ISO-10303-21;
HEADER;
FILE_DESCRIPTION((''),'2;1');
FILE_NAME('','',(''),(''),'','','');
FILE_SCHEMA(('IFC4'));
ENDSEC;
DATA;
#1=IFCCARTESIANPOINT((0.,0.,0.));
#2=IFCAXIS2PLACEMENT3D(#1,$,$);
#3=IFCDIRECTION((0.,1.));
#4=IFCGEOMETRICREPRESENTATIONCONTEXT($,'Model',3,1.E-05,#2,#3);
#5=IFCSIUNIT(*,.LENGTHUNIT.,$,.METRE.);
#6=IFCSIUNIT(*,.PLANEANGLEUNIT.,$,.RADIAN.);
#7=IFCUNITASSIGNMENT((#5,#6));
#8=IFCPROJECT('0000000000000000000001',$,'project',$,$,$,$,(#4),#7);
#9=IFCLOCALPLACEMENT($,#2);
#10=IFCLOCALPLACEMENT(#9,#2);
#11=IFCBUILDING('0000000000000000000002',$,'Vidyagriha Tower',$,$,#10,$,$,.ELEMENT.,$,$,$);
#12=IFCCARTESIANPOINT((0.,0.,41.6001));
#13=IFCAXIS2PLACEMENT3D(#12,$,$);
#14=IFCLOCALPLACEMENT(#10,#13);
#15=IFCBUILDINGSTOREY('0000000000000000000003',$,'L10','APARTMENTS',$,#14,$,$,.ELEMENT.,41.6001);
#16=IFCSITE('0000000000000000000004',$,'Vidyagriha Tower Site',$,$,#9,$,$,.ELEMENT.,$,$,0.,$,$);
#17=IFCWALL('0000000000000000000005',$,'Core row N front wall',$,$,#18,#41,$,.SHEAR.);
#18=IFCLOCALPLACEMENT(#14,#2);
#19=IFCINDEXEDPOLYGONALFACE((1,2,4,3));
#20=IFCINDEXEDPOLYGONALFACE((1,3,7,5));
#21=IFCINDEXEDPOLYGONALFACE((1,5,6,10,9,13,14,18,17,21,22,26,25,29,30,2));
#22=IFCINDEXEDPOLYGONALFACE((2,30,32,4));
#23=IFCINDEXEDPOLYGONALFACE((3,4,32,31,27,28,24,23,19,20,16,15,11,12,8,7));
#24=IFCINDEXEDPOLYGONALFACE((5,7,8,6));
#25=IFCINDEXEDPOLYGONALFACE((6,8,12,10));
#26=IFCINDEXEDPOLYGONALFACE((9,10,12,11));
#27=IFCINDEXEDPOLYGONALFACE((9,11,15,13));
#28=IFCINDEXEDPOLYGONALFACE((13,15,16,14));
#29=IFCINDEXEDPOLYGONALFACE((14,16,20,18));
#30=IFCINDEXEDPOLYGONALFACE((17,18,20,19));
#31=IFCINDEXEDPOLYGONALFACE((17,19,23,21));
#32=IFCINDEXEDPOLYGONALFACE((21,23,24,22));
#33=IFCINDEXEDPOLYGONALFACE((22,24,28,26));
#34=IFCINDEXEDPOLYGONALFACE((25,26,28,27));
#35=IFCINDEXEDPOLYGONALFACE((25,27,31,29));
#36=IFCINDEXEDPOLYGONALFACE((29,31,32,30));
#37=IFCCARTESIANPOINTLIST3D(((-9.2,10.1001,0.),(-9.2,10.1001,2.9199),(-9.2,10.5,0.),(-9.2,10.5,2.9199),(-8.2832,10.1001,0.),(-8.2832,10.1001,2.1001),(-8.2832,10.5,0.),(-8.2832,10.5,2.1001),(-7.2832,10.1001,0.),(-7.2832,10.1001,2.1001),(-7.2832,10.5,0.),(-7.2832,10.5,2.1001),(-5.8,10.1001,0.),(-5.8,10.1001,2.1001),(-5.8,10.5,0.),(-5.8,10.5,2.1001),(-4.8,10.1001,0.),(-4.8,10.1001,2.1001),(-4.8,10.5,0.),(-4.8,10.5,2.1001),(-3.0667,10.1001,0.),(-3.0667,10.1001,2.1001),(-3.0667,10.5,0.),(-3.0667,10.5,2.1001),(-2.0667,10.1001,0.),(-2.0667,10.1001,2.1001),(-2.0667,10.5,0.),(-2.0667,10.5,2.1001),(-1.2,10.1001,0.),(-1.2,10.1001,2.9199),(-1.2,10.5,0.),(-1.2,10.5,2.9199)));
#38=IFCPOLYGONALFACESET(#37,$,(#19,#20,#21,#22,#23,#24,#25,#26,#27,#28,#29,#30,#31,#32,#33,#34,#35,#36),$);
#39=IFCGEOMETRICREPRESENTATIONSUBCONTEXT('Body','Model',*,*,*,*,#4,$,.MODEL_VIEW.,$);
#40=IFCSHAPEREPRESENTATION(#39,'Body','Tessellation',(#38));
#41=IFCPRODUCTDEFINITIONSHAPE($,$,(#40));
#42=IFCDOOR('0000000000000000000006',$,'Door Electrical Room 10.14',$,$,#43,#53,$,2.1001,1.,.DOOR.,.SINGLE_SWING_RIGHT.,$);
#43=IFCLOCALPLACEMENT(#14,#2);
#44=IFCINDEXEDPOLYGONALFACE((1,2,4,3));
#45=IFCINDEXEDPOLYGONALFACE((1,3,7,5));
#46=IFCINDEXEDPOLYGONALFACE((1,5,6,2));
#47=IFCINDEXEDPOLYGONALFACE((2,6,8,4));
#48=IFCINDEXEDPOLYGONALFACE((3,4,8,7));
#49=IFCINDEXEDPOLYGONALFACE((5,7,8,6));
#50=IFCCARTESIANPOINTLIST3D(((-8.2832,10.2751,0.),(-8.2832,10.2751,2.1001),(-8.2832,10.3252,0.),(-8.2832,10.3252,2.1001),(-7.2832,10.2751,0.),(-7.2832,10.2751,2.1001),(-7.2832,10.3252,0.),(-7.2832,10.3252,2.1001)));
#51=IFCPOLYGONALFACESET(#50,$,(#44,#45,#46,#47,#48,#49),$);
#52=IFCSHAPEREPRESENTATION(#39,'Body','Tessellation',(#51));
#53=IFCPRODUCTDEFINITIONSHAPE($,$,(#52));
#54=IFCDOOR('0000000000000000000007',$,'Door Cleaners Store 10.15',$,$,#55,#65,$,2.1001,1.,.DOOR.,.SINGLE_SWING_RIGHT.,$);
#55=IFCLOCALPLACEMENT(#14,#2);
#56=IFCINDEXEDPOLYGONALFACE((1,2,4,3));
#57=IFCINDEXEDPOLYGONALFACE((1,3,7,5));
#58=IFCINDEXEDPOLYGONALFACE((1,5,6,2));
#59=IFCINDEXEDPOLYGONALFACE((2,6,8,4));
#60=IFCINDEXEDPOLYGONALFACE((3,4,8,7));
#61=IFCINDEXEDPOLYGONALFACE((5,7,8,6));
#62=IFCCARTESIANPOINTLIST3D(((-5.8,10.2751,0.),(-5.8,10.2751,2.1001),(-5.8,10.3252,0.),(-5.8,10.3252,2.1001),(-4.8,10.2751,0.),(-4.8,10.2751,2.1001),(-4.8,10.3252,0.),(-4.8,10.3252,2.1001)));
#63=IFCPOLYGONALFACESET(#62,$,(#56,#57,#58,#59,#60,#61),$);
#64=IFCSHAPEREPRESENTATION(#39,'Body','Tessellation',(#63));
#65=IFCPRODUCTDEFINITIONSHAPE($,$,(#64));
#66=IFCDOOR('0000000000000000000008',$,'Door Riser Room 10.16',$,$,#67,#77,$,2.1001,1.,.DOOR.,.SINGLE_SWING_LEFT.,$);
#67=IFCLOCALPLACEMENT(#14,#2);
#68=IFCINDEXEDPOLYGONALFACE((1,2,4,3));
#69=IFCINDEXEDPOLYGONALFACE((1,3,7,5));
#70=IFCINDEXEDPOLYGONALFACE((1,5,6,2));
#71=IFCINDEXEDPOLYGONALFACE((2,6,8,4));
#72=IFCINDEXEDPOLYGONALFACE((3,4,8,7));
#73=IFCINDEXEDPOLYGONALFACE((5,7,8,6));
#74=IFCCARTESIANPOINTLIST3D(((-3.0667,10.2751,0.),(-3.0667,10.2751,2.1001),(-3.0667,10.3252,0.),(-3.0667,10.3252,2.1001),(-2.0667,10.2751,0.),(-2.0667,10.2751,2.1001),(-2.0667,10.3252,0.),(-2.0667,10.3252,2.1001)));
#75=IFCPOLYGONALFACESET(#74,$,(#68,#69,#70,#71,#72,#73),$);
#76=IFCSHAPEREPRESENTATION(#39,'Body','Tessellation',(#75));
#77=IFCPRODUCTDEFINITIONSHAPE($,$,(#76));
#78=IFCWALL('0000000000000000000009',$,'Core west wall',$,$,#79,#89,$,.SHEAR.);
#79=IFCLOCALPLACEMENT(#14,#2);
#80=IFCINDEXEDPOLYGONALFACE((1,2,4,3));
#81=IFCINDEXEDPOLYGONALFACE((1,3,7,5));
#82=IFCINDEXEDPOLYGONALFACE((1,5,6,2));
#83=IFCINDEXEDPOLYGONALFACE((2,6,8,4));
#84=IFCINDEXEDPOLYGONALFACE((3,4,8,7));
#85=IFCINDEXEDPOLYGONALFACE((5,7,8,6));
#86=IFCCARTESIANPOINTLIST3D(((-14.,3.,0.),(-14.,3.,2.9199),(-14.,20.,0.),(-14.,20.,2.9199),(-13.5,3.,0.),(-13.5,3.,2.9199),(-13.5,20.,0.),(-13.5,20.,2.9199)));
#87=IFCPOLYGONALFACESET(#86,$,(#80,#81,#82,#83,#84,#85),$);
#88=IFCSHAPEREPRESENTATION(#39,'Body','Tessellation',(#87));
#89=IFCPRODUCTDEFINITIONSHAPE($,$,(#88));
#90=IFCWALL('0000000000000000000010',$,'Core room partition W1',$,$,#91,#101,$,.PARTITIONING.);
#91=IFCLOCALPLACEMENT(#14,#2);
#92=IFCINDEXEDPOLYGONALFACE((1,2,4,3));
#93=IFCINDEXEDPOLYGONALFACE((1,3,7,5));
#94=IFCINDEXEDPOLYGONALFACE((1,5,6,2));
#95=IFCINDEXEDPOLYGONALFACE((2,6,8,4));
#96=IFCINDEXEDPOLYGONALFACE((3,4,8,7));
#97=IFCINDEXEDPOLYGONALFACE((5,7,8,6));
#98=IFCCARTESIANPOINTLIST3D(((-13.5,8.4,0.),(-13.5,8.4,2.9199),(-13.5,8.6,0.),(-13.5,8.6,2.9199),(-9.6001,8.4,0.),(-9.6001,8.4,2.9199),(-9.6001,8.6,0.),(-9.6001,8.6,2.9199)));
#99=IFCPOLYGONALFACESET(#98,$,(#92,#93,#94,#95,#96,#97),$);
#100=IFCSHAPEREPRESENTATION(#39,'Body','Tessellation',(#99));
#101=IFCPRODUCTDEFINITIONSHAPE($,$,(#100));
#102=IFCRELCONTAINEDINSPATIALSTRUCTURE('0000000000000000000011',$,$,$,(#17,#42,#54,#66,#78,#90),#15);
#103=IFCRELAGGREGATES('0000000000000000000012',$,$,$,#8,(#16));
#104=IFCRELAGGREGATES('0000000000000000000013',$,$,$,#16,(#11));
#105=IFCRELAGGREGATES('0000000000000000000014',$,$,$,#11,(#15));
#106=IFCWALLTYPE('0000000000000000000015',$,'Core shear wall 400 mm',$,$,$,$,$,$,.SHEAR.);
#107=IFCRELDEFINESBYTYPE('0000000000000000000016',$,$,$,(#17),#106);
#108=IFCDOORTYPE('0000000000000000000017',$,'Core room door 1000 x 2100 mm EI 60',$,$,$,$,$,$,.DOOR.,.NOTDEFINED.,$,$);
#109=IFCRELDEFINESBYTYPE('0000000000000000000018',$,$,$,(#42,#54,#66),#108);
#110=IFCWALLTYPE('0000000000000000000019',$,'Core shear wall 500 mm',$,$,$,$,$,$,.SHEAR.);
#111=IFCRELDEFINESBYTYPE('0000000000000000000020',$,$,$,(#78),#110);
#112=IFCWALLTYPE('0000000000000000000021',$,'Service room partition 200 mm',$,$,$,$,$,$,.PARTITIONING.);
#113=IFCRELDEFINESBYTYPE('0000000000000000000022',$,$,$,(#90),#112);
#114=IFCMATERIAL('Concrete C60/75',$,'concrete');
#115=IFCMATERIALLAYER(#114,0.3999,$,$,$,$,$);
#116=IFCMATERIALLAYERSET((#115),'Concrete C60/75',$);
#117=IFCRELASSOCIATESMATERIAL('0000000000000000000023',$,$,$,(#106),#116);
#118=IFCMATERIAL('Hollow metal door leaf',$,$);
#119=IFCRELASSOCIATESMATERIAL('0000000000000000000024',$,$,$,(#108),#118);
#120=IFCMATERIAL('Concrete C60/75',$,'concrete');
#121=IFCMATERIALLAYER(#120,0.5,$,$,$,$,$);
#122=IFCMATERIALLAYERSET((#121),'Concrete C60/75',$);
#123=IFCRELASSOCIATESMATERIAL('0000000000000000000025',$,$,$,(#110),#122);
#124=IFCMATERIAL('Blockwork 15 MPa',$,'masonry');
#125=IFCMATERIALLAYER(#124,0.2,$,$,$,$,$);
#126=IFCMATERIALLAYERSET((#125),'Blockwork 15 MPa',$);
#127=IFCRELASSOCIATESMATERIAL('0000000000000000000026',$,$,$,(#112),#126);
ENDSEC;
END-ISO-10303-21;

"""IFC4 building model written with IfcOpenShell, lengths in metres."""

from ifc_helpers import new_model, si_unit, direction, frame, frame_2d, origin, place, context, subcontext, project, spatial, rectangle, extrude, material, layer, layer_set, type_object, element, fill, save


model = new_model("IFC4")

# Units and contexts
model_context = context("Model", 3, precision=1e-05, world=origin(), true_north=direction((0.0, 1.0)))
body_context = subcontext(model_context, "Body", "Model", "MODEL_VIEW")
ifc_project = project(units=[si_unit("LENGTHUNIT", "METRE"), si_unit("PLANEANGLEUNIT", "RADIAN")], contexts=[model_context])

# Site, building, storey
site_placement = place(None, origin())
site = spatial("IfcSite", under=ifc_project, at=site_placement, Name="Vidyagriha Tower Site", CompositionType="ELEMENT", RefElevation=0.0)
building_placement = place(site_placement, origin())
building = spatial("IfcBuilding", under=site, at=building_placement, Name="Vidyagriha Tower", CompositionType="ELEMENT")
storey_placement = place(building_placement, frame((0.0, 0.0, 41.6001)))
storey = spatial("IfcBuildingStorey", under=building, at=storey_placement, Name="L10", Description="APARTMENTS", CompositionType="ELEMENT", Elevation=41.6001)

# Shared definitions
ifc_material_1 = material(Name="Concrete C60/75", Category="concrete")
ifc_layer_1 = layer(ifc_material_1, 0.3999)
ifc_layer_set_1 = layer_set([ifc_layer_1], Name="Concrete C60/75")
wall_type_1 = type_object("IfcWallType", Name="Core shear wall 400 mm", PredefinedType="SHEAR", material=ifc_layer_set_1)
ifc_material_2 = material(Name="Hollow metal door leaf")
door_type_1 = type_object("IfcDoorType", Name="Core room door 1000 x 2100 mm EI 60", OperationType="NOTDEFINED", PredefinedType="DOOR", material=ifc_material_2)

# Wall, openings, doors
wall_1_placement = place(storey_placement, frame((-9.2, 10.3, 0.0)))
wall_1 = element("IfcWall", 1, at=wall_1_placement, inside=storey, type_object=wall_type_1, Name="Core row N front wall", PredefinedType="SHEAR", context=body_context, shape_type="SweptSolid", body=[
    extrude(rectangle(XDim=8.0, YDim=0.3999, at=frame_2d((4.0, 0.0))), origin(), (0.0, 0.0, 1.0), 2.9199),
])
opening_1_placement = place(wall_1_placement, frame((0.9167, 0.0, 0.0)))
opening_1 = element("IfcOpeningElement", 2, at=opening_1_placement, cuts=wall_1, PredefinedType="OPENING", context=body_context, shape_type="SweptSolid", body=[
    extrude(rectangle(XDim=1.0, YDim=2.1001, at=frame_2d((0.5, 1.05))), frame((0.0, 0.21, 0.0), z_axis=(0.0, -1.0, 0.0), x_axis=(1.0, 0.0, 0.0)), (0.0, 0.0, 1.0), 0.4199),
])
opening_2_placement = place(wall_1_placement, frame((3.3999, 0.0, 0.0)))
opening_2 = element("IfcOpeningElement", 3, at=opening_2_placement, cuts=wall_1, PredefinedType="OPENING", context=body_context, shape_type="SweptSolid", body=[
    extrude(rectangle(XDim=1.0, YDim=2.1001, at=frame_2d((0.5, 1.05))), frame((0.0, 0.21, 0.0), z_axis=(0.0, -1.0, 0.0), x_axis=(1.0, 0.0, 0.0)), (0.0, 0.0, 1.0), 0.4199),
])
opening_3_placement = place(wall_1_placement, frame((6.1333, 0.0, 0.0)))
opening_3 = element("IfcOpeningElement", 4, at=opening_3_placement, cuts=wall_1, PredefinedType="OPENING", context=body_context, shape_type="SweptSolid", body=[
    extrude(rectangle(XDim=1.0, YDim=2.1001, at=frame_2d((0.5, 1.05))), frame((0.0, 0.21, 0.0), z_axis=(0.0, -1.0, 0.0), x_axis=(1.0, 0.0, 0.0)), (0.0, 0.0, 1.0), 0.4199),
])
door_1_placement = place(opening_1_placement, frame((1.0, 0.0, 0.0), z_axis=(0.0, 0.0, 1.0), x_axis=(-1.0, 0.0, 0.0)))
door_1 = element("IfcDoor", 5, at=door_1_placement, inside=storey, type_object=door_type_1, Name="Door Electrical Room 10.14", OperationType="SINGLE_SWING_RIGHT", OverallHeight=2.1001, OverallWidth=1.0, PredefinedType="DOOR", context=body_context, shape_type="SweptSolid", body=[
    extrude(rectangle(XDim=1.0, YDim=2.1001, at=frame_2d((0.5, 1.05))), frame((0.0, 0.0249, 0.0), z_axis=(0.0, -1.0, 0.0), x_axis=(1.0, 0.0, 0.0)), (0.0, 0.0, 1.0), 0.05),
])
fill(opening_1, door_1)
door_2_placement = place(opening_2_placement, frame((1.0, 0.0, 0.0), z_axis=(0.0, 0.0, 1.0), x_axis=(-1.0, 0.0, 0.0)))
door_2 = element("IfcDoor", 6, at=door_2_placement, inside=storey, type_object=door_type_1, Name="Door Cleaners Store 10.15", OperationType="SINGLE_SWING_RIGHT", OverallHeight=2.1001, OverallWidth=1.0, PredefinedType="DOOR", context=body_context, shape_type="SweptSolid", body=[
    extrude(rectangle(XDim=1.0, YDim=2.1001, at=frame_2d((0.5, 1.05))), frame((0.0, 0.0249, 0.0), z_axis=(0.0, -1.0, 0.0), x_axis=(1.0, 0.0, 0.0)), (0.0, 0.0, 1.0), 0.05),
])
fill(opening_2, door_2)
door_3_placement = place(opening_3_placement, frame((1.0, 0.0, 0.0), z_axis=(0.0, 0.0, 1.0), x_axis=(-1.0, 0.0, 0.0)))
door_3 = element("IfcDoor", 7, at=door_3_placement, inside=storey, type_object=door_type_1, Name="Door Riser Room 10.16", OperationType="SINGLE_SWING_LEFT", OverallHeight=2.1001, OverallWidth=1.0, PredefinedType="DOOR", context=body_context, shape_type="SweptSolid", body=[
    extrude(rectangle(XDim=1.0, YDim=2.1001, at=frame_2d((0.5, 1.05))), frame((0.0, 0.0249, 0.0), z_axis=(0.0, -1.0, 0.0), x_axis=(1.0, 0.0, 0.0)), (0.0, 0.0, 1.0), 0.05),
])
fill(opening_3, door_3)

# Walls
ifc_material_3 = material(Name="Concrete C60/75", Category="concrete")
ifc_layer_2 = layer(ifc_material_3, 0.5)
ifc_layer_set_2 = layer_set([ifc_layer_2], Name="Concrete C60/75")
wall_type_2 = type_object("IfcWallType", Name="Core shear wall 500 mm", PredefinedType="SHEAR", material=ifc_layer_set_2)
wall_2_placement = place(storey_placement, frame((-13.75, 3.0, 0.0), z_axis=(0.0, 0.0, 1.0), x_axis=(0.0, 1.0, 0.0)))
element("IfcWall", 8, at=wall_2_placement, inside=storey, type_object=wall_type_2, Name="Core west wall", PredefinedType="SHEAR", context=body_context, shape_type="SweptSolid", body=[
    extrude(rectangle(XDim=17.0, YDim=0.5, at=frame_2d((8.5, 0.0))), origin(), (0.0, 0.0, 1.0), 2.9199),
])
ifc_material_4 = material(Name="Blockwork 15 MPa", Category="masonry")
ifc_layer_3 = layer(ifc_material_4, 0.2)
ifc_layer_set_3 = layer_set([ifc_layer_3], Name="Blockwork 15 MPa")
wall_type_3 = type_object("IfcWallType", Name="Service room partition 200 mm", PredefinedType="PARTITIONING", material=ifc_layer_set_3)
wall_3_placement = place(storey_placement, frame((-13.5, 8.5, 0.0)))
element("IfcWall", 9, at=wall_3_placement, inside=storey, type_object=wall_type_3, Name="Core room partition W1", PredefinedType="PARTITIONING", context=body_context, shape_type="SweptSolid", body=[
    extrude(rectangle(XDim=3.8999, YDim=0.2, at=frame_2d((1.95, 0.0))), origin(), (0.0, 0.0, 1.0), 2.9199),
])

save(model, "model.ifc")
